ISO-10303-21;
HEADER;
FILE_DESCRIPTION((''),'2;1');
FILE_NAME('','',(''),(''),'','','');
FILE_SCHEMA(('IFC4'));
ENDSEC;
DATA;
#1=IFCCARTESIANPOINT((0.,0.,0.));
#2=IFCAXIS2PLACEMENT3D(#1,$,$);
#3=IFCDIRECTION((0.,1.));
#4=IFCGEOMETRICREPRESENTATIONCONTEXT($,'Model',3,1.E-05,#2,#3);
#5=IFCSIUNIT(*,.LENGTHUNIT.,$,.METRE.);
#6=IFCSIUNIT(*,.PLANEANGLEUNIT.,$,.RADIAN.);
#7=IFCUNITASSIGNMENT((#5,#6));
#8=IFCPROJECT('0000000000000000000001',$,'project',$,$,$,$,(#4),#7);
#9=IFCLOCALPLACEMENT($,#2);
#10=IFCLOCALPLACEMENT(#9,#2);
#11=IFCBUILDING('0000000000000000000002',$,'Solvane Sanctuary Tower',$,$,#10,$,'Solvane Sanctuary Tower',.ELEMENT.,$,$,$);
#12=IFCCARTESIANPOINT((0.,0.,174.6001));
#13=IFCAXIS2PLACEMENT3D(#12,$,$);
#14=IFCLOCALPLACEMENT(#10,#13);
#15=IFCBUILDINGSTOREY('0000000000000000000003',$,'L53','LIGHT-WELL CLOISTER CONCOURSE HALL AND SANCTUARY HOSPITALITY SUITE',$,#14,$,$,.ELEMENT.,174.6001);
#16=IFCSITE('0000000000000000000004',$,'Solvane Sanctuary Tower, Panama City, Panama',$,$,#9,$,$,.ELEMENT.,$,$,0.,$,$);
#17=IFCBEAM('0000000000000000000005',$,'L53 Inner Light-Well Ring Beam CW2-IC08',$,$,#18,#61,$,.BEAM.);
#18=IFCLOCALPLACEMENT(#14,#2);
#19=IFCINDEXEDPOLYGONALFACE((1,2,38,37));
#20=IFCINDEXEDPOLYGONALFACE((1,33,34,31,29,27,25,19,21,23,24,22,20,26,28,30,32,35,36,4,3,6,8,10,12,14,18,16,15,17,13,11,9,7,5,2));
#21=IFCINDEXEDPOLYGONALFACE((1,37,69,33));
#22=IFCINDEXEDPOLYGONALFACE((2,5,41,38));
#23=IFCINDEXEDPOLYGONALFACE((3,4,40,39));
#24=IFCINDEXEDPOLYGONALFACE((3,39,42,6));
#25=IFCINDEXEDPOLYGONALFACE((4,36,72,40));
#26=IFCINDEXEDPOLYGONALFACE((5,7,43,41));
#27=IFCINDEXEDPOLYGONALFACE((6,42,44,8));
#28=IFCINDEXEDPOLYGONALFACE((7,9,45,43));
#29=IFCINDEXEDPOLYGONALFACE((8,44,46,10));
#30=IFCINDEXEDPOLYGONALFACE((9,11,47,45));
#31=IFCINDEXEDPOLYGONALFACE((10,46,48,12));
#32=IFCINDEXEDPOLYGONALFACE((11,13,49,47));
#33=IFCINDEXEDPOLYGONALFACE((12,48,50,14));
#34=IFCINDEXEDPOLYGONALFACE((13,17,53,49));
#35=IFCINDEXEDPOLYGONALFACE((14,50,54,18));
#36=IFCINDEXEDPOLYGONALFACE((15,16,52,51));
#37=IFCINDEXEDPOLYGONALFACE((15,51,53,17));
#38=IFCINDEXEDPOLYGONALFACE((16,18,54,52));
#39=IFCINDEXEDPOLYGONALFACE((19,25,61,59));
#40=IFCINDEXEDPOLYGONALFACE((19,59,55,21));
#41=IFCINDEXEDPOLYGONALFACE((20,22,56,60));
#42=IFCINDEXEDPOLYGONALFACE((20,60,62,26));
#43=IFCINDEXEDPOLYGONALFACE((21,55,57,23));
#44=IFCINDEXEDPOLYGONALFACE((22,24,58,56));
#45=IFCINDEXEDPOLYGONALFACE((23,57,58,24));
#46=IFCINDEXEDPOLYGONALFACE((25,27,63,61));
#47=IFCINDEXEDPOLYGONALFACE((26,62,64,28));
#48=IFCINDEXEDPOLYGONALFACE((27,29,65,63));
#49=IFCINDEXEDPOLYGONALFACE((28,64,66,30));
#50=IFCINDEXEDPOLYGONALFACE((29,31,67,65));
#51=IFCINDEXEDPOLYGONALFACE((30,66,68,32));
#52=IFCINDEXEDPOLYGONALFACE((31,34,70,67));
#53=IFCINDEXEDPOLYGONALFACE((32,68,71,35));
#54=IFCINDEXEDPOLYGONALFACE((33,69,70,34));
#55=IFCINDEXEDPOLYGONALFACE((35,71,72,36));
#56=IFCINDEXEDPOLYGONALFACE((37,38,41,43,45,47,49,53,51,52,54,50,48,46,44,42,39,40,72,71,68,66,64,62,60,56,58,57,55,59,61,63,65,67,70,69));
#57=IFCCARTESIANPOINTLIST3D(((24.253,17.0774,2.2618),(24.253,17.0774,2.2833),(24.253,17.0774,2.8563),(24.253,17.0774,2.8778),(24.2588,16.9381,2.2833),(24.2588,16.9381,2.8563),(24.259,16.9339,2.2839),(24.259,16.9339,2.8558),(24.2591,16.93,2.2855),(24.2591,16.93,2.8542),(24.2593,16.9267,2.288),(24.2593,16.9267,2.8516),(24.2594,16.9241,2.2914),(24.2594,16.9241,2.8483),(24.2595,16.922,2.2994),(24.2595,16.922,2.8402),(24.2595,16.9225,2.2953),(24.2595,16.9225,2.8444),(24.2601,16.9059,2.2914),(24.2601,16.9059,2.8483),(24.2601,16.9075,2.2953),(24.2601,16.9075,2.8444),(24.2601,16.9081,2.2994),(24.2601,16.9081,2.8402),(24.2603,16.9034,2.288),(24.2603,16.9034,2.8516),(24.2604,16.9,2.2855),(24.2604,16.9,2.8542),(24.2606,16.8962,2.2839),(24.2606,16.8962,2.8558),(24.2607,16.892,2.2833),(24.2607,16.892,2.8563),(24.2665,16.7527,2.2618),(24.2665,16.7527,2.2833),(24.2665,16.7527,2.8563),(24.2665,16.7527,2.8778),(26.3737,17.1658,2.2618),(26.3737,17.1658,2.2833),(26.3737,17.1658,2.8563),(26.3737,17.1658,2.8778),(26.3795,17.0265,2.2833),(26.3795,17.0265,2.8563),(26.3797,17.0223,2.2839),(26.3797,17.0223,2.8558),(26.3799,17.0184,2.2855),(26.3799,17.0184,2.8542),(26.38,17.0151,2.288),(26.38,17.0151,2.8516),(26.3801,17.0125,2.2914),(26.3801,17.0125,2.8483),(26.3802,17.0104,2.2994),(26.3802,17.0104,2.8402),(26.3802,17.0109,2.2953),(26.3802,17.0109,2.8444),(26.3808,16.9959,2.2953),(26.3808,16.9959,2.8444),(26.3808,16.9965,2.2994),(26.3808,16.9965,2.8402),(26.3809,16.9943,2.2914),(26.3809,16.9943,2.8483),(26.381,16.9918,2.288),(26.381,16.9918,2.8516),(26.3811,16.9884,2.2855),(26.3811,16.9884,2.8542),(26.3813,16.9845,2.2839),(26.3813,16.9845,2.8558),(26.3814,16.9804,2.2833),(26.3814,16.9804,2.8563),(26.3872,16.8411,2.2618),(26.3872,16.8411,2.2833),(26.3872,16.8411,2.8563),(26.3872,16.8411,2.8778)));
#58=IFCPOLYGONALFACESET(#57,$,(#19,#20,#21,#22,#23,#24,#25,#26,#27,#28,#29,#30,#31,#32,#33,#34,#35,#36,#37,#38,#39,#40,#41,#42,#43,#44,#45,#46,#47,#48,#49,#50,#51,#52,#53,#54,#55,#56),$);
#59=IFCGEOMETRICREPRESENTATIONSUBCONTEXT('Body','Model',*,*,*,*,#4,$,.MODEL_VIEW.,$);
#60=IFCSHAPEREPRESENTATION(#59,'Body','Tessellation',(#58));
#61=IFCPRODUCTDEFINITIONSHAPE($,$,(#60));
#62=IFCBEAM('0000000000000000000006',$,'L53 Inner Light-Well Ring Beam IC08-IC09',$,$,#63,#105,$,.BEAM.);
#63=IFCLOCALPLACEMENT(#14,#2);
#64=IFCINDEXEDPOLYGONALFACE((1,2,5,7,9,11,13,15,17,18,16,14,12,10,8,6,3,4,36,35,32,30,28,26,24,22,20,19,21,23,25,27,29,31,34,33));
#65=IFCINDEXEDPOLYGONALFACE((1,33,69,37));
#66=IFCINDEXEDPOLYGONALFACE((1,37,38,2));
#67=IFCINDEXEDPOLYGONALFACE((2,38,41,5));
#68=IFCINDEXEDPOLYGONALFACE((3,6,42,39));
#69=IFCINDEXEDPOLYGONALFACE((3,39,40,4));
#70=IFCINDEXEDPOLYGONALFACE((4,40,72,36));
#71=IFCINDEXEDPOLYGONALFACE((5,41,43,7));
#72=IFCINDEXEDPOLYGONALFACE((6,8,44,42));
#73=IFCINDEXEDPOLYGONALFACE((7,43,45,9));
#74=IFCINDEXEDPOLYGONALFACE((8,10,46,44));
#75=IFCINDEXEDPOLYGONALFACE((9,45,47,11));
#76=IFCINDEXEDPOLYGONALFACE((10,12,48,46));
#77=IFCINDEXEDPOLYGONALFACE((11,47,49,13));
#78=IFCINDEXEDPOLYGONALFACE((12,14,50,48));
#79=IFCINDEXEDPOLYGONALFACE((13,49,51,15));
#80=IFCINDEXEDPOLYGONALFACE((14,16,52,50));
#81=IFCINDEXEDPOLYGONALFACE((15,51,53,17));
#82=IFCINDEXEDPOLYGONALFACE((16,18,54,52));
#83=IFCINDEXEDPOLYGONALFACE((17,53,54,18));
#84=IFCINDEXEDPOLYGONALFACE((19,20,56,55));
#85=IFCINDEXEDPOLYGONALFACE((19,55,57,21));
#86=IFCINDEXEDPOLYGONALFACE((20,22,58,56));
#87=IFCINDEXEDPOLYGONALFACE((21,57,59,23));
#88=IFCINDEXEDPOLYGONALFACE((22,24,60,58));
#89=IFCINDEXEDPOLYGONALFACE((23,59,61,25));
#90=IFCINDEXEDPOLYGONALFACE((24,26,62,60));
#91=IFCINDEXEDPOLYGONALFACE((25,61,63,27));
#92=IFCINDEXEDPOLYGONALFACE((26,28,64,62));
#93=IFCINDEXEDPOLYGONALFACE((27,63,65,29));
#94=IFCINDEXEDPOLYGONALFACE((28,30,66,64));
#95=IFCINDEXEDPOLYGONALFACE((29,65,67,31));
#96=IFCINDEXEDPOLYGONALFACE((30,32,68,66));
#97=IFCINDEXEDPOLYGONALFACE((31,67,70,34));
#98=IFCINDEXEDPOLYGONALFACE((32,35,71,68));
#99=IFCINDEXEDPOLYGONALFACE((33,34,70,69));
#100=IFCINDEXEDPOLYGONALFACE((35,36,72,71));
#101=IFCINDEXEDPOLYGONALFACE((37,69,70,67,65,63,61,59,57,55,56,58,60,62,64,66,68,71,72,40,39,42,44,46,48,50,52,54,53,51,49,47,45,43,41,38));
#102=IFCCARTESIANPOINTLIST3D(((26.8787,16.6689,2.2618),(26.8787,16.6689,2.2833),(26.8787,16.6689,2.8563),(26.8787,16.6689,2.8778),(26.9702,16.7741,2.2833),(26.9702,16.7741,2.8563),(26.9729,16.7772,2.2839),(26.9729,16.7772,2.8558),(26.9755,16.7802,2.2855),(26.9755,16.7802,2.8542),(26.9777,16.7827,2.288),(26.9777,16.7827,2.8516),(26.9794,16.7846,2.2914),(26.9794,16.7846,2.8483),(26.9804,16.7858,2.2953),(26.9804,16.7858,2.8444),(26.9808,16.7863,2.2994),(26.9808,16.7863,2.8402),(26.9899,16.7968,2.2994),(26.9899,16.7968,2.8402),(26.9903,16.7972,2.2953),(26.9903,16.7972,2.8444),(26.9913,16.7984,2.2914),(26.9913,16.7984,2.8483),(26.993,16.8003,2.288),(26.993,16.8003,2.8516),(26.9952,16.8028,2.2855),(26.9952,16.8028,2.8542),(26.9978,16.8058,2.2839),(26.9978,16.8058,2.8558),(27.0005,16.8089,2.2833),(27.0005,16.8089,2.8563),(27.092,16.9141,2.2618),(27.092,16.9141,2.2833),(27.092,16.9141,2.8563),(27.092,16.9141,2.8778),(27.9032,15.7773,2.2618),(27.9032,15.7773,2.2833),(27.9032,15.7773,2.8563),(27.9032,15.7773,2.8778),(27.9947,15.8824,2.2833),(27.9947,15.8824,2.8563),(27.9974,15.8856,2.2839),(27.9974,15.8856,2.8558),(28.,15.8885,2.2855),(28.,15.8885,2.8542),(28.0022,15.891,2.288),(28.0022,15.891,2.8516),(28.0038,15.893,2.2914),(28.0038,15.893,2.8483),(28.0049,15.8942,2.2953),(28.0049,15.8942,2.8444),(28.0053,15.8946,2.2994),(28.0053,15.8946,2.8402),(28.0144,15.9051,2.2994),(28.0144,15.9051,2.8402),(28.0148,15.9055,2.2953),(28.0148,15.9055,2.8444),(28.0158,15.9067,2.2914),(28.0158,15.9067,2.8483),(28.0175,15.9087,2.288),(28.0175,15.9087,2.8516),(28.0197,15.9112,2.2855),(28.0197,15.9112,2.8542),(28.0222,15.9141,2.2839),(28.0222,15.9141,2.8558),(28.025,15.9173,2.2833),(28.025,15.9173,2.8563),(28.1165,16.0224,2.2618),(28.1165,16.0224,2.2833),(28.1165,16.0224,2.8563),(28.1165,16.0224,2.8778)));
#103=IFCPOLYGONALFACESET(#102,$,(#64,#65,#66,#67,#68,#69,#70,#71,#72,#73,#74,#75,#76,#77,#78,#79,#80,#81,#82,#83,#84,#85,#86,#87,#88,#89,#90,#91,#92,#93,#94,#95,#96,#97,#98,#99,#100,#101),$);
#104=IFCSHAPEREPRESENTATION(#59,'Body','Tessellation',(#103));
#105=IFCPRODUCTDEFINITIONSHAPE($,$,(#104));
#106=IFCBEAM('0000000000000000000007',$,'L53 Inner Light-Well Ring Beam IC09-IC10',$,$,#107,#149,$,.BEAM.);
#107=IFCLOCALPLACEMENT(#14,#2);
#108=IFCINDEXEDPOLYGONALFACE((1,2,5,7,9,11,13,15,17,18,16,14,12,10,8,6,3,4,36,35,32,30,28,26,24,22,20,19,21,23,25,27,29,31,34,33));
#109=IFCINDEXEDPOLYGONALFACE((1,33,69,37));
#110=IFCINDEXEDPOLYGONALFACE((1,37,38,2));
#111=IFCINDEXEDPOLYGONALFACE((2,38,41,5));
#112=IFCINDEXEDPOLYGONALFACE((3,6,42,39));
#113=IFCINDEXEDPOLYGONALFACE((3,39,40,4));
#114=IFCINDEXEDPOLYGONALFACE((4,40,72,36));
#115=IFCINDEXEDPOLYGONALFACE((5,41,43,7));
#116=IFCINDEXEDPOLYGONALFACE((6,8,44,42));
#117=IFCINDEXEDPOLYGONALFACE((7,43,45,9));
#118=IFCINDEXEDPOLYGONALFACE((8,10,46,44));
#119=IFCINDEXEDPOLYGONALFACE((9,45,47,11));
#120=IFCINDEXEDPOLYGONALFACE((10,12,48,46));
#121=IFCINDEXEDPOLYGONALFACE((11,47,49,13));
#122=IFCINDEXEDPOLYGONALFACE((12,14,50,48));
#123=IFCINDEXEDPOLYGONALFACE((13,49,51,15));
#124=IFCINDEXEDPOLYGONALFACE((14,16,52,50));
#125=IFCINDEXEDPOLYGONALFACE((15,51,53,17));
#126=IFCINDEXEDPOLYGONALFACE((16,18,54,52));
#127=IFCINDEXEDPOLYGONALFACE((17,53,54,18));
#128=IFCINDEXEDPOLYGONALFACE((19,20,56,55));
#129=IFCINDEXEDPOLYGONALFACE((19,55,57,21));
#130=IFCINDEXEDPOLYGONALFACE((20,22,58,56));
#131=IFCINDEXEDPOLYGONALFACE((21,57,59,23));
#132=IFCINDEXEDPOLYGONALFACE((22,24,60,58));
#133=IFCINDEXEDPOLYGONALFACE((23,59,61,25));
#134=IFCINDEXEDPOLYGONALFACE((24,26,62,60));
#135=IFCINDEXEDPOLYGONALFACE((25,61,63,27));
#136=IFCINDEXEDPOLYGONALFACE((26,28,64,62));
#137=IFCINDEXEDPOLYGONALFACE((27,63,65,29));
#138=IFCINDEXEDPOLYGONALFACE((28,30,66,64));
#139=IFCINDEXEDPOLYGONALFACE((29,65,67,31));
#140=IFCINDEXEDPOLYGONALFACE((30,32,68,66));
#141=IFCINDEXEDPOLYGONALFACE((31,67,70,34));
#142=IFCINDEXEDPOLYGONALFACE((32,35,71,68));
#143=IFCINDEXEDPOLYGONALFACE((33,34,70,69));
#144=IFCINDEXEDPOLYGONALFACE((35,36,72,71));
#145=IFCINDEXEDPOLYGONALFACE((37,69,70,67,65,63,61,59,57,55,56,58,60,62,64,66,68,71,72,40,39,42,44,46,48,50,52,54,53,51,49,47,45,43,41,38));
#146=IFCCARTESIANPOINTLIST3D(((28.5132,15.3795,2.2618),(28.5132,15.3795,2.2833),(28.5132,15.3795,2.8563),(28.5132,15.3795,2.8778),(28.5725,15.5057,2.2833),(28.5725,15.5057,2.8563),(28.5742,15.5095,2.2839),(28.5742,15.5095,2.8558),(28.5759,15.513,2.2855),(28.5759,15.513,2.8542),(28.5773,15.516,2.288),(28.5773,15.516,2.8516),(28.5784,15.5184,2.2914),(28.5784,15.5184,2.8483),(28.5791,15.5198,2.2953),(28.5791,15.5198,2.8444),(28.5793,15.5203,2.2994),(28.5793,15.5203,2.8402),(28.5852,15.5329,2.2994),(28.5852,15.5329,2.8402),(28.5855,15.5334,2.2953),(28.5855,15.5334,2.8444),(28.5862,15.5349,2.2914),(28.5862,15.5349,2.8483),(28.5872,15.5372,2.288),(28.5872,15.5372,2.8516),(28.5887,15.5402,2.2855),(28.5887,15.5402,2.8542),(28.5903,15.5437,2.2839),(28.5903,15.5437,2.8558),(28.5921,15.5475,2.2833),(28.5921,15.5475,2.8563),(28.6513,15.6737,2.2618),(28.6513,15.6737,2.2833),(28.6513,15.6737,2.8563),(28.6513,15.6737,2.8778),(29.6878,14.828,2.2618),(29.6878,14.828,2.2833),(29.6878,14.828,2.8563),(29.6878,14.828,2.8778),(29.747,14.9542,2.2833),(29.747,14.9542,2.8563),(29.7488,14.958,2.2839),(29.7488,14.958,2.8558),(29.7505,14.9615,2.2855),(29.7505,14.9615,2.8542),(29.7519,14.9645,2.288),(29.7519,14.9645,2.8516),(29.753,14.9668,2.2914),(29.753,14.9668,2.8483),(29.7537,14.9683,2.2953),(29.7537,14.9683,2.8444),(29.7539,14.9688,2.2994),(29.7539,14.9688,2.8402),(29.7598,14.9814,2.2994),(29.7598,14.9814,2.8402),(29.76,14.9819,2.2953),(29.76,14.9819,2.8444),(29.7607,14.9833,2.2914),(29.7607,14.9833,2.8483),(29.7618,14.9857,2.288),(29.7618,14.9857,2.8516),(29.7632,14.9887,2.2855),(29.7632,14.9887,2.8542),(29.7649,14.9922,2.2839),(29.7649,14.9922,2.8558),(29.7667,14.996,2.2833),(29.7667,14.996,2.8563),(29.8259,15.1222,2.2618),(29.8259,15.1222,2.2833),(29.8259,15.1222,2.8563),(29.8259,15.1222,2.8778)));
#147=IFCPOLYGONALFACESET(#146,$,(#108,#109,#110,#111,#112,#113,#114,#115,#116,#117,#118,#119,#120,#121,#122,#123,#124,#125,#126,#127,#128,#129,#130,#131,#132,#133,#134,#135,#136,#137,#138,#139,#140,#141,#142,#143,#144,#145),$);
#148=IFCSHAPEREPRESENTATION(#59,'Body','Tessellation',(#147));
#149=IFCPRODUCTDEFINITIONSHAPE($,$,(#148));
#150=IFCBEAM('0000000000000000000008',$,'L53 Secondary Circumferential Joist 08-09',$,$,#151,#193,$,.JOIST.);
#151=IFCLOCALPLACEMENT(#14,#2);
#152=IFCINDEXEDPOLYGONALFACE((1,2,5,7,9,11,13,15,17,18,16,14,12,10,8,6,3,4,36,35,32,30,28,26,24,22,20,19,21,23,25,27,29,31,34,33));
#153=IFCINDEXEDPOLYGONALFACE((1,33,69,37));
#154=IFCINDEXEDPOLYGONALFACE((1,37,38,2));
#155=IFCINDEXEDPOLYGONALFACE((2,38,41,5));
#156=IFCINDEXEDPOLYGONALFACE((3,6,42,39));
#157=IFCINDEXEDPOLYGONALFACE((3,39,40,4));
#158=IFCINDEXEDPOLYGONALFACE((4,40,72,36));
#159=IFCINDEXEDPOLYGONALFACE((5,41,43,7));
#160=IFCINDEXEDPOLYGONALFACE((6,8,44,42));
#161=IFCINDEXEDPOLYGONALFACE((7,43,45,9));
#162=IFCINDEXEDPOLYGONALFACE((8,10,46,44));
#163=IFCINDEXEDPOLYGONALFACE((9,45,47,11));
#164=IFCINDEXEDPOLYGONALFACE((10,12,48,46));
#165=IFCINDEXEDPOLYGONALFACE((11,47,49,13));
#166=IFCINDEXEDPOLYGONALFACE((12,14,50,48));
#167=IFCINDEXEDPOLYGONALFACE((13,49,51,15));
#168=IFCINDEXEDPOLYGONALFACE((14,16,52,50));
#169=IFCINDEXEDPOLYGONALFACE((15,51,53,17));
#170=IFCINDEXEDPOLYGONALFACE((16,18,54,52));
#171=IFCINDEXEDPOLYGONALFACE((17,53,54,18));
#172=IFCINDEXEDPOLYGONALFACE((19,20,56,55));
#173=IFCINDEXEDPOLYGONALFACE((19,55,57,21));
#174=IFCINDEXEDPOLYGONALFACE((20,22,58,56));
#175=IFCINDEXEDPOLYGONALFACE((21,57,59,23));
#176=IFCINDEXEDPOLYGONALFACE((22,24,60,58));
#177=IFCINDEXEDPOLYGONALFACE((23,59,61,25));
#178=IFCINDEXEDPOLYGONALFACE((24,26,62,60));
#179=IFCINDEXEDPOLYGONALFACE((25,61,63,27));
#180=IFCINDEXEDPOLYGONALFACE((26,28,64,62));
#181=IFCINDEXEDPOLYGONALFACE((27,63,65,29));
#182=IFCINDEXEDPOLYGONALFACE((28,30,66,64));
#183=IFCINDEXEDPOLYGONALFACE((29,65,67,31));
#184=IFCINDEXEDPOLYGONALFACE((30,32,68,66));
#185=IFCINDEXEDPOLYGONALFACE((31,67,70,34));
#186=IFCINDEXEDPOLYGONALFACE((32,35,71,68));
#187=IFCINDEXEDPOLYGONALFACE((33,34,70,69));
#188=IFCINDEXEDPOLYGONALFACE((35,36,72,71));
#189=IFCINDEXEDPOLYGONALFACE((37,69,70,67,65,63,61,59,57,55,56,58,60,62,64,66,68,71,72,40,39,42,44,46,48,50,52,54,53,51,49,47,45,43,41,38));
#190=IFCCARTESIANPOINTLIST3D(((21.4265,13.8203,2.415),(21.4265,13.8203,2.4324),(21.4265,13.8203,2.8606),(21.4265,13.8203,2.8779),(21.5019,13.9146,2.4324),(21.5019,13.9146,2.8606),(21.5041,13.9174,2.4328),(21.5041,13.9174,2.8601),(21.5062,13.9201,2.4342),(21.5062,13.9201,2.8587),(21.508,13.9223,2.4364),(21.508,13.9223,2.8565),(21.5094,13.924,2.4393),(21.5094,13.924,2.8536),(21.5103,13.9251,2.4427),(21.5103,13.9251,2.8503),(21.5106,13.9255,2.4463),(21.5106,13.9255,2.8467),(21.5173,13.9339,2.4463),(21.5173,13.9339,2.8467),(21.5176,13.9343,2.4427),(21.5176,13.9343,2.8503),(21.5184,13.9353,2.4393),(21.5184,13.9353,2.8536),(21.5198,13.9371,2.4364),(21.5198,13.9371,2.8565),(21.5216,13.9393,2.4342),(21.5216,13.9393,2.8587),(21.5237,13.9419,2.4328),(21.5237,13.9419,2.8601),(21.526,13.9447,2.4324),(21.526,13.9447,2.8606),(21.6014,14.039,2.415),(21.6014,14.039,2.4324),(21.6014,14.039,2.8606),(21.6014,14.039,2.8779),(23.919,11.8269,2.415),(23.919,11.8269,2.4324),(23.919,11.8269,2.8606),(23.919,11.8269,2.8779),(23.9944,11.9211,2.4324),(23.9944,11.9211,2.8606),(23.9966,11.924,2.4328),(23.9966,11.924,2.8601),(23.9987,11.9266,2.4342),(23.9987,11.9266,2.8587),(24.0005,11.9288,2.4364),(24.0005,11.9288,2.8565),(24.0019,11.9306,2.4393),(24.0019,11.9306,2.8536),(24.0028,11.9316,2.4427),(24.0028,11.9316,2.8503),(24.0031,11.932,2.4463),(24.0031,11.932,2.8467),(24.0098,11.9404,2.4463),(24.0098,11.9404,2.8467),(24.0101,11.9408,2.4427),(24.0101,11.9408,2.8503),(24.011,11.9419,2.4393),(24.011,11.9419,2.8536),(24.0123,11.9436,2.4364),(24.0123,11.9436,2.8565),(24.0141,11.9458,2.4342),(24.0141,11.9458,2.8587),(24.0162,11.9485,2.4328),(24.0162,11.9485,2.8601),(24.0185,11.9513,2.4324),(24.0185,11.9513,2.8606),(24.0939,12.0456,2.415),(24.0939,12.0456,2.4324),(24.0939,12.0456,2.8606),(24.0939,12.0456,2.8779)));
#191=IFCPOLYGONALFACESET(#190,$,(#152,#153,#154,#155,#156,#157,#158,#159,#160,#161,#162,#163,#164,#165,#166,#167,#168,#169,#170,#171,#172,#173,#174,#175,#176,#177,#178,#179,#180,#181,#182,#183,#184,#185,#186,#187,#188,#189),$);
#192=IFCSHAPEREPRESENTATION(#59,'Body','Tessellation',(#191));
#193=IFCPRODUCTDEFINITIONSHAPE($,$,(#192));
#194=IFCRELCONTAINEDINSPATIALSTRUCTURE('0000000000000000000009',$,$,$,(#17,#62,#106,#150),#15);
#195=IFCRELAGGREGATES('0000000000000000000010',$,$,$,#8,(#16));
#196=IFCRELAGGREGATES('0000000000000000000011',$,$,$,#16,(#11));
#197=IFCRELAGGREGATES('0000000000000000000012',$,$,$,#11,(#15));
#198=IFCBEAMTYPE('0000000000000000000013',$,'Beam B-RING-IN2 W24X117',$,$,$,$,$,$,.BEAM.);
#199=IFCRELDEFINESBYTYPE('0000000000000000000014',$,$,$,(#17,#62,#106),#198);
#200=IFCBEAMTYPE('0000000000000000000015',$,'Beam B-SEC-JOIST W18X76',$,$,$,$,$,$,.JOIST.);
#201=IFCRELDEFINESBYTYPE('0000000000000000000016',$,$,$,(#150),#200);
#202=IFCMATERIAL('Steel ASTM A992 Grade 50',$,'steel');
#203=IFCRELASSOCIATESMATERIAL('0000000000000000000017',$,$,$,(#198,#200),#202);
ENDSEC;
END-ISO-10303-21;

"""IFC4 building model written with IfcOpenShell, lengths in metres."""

from ifc_helpers import new_model, si_unit, direction, frame, origin, origin_2d, place, context, subcontext, project, spatial, i_section, extrude, material, material_profile, profile_set, type_object, element, save


model = new_model("IFC4")

# Units and contexts
model_context = context("Model", 3, precision=1e-05, world=origin(), true_north=direction((0.0, 1.0)))
body_context = subcontext(model_context, "Body", "Model", "MODEL_VIEW")
ifc_project = project(units=[si_unit("LENGTHUNIT", "METRE"), si_unit("PLANEANGLEUNIT", "RADIAN")], contexts=[model_context])

# Site, building, storey
site_placement = place(None, origin())
site = spatial("IfcSite", under=ifc_project, at=site_placement, Name="Solvane Sanctuary Tower, Panama City, Panama", CompositionType="ELEMENT", RefElevation=0.0)
building_placement = place(site_placement, origin())
building = spatial("IfcBuilding", under=site, at=building_placement, Name="Solvane Sanctuary Tower", LongName="Solvane Sanctuary Tower", CompositionType="ELEMENT")
storey_placement = place(building_placement, frame((0.0, 0.0, 174.6001)))
storey = spatial("IfcBuildingStorey", under=building, at=storey_placement, Name="L53", Description="LIGHT-WELL CLOISTER CONCOURSE HALL AND SANCTUARY HOSPITALITY SUITE", CompositionType="ELEMENT", Elevation=174.6001)

# Beams
ifc_material_1 = material(Name="Steel ASTM A992 Grade 50", Category="steel")
ifc_material_profile_1 = material_profile(ifc_material_1, i_section(OverallWidth=0.325, OverallDepth=0.616, WebThickness=0.0139, FlangeThickness=0.0215, FilletRadius=0.0161, at=origin_2d()), Name="W24X117")
ifc_profile_set_1 = profile_set([ifc_material_profile_1], Name="Steel ASTM A992 Grade 50")
beam_type_1 = type_object("IfcBeamType", Name="Beam B-RING-IN2 W24X117", PredefinedType="BEAM", material=ifc_profile_set_1)
beam_1_placement = place(storey_placement, frame((24.2598, 16.915, 2.5698), z_axis=(0.999133, 0.04164, 0.0), x_axis=(-0.04164, 0.999133, 0.0)))
element("IfcBeam", 1, at=beam_1_placement, inside=storey, type_object=beam_type_1, Name="L53 Inner Light-Well Ring Beam CW2-IC08", PredefinedType="BEAM", context=body_context, shape_type="SweptSolid", body=[
    extrude(i_section(OverallWidth=0.325, OverallDepth=0.616, WebThickness=0.0139, FlangeThickness=0.0215, FilletRadius=0.0161, at=origin_2d()), origin(), (0.0, 0.0, 1.0), 2.1226),
])
beam_2_placement = place(storey_placement, frame((26.9854, 16.7915, 2.5698), z_axis=(0.754311, -0.656517, 0.0), x_axis=(0.656517, 0.754311, 0.0)))
element("IfcBeam", 2, at=beam_2_placement, inside=storey, type_object=beam_type_1, Name="L53 Inner Light-Well Ring Beam IC08-IC09", PredefinedType="BEAM", context=body_context, shape_type="SweptSolid", body=[
    extrude(i_section(OverallWidth=0.325, OverallDepth=0.616, WebThickness=0.0139, FlangeThickness=0.0215, FilletRadius=0.0161, at=origin_2d()), origin(), (0.0, 0.0, 1.0), 1.3582),
])
beam_3_placement = place(storey_placement, frame((28.5823, 15.5266, 2.5698), z_axis=(0.905181, -0.425027, 0.0), x_axis=(0.425027, 0.905181, 0.0)))
element("IfcBeam", 3, at=beam_3_placement, inside=storey, type_object=beam_type_1, Name="L53 Inner Light-Well Ring Beam IC09-IC10", PredefinedType="BEAM", context=body_context, shape_type="SweptSolid", body=[
    extrude(i_section(OverallWidth=0.325, OverallDepth=0.616, WebThickness=0.0139, FlangeThickness=0.0215, FilletRadius=0.0161, at=origin_2d()), origin(), (0.0, 0.0, 1.0), 1.2976),
])
ifc_material_profile_2 = material_profile(ifc_material_1, i_section(OverallWidth=0.28, OverallDepth=0.4629, WebThickness=0.0107, FlangeThickness=0.0173, FilletRadius=0.0139, at=origin_2d()), Name="W18X76")
ifc_profile_set_2 = profile_set([ifc_material_profile_2], Name="Steel ASTM A992 Grade 50")
beam_type_2 = type_object("IfcBeamType", Name="Beam B-SEC-JOIST W18X76", PredefinedType="JOIST", material=ifc_profile_set_2)
beam_4_placement = place(storey_placement, frame((21.5139, 13.9297, 2.6465), z_axis=(0.780951, -0.624592, 0.0), x_axis=(0.624592, 0.780951, 0.0)))
element("IfcBeam", 4, at=beam_4_placement, inside=storey, type_object=beam_type_2, Name="L53 Secondary Circumferential Joist 08-09", PredefinedType="JOIST", context=body_context, shape_type="SweptSolid", body=[
    extrude(i_section(OverallWidth=0.28, OverallDepth=0.4629, WebThickness=0.0107, FlangeThickness=0.0173, FilletRadius=0.0139, at=origin_2d()), origin(), (0.0, 0.0, 1.0), 3.1917),
])

save(model, "model.ifc")
